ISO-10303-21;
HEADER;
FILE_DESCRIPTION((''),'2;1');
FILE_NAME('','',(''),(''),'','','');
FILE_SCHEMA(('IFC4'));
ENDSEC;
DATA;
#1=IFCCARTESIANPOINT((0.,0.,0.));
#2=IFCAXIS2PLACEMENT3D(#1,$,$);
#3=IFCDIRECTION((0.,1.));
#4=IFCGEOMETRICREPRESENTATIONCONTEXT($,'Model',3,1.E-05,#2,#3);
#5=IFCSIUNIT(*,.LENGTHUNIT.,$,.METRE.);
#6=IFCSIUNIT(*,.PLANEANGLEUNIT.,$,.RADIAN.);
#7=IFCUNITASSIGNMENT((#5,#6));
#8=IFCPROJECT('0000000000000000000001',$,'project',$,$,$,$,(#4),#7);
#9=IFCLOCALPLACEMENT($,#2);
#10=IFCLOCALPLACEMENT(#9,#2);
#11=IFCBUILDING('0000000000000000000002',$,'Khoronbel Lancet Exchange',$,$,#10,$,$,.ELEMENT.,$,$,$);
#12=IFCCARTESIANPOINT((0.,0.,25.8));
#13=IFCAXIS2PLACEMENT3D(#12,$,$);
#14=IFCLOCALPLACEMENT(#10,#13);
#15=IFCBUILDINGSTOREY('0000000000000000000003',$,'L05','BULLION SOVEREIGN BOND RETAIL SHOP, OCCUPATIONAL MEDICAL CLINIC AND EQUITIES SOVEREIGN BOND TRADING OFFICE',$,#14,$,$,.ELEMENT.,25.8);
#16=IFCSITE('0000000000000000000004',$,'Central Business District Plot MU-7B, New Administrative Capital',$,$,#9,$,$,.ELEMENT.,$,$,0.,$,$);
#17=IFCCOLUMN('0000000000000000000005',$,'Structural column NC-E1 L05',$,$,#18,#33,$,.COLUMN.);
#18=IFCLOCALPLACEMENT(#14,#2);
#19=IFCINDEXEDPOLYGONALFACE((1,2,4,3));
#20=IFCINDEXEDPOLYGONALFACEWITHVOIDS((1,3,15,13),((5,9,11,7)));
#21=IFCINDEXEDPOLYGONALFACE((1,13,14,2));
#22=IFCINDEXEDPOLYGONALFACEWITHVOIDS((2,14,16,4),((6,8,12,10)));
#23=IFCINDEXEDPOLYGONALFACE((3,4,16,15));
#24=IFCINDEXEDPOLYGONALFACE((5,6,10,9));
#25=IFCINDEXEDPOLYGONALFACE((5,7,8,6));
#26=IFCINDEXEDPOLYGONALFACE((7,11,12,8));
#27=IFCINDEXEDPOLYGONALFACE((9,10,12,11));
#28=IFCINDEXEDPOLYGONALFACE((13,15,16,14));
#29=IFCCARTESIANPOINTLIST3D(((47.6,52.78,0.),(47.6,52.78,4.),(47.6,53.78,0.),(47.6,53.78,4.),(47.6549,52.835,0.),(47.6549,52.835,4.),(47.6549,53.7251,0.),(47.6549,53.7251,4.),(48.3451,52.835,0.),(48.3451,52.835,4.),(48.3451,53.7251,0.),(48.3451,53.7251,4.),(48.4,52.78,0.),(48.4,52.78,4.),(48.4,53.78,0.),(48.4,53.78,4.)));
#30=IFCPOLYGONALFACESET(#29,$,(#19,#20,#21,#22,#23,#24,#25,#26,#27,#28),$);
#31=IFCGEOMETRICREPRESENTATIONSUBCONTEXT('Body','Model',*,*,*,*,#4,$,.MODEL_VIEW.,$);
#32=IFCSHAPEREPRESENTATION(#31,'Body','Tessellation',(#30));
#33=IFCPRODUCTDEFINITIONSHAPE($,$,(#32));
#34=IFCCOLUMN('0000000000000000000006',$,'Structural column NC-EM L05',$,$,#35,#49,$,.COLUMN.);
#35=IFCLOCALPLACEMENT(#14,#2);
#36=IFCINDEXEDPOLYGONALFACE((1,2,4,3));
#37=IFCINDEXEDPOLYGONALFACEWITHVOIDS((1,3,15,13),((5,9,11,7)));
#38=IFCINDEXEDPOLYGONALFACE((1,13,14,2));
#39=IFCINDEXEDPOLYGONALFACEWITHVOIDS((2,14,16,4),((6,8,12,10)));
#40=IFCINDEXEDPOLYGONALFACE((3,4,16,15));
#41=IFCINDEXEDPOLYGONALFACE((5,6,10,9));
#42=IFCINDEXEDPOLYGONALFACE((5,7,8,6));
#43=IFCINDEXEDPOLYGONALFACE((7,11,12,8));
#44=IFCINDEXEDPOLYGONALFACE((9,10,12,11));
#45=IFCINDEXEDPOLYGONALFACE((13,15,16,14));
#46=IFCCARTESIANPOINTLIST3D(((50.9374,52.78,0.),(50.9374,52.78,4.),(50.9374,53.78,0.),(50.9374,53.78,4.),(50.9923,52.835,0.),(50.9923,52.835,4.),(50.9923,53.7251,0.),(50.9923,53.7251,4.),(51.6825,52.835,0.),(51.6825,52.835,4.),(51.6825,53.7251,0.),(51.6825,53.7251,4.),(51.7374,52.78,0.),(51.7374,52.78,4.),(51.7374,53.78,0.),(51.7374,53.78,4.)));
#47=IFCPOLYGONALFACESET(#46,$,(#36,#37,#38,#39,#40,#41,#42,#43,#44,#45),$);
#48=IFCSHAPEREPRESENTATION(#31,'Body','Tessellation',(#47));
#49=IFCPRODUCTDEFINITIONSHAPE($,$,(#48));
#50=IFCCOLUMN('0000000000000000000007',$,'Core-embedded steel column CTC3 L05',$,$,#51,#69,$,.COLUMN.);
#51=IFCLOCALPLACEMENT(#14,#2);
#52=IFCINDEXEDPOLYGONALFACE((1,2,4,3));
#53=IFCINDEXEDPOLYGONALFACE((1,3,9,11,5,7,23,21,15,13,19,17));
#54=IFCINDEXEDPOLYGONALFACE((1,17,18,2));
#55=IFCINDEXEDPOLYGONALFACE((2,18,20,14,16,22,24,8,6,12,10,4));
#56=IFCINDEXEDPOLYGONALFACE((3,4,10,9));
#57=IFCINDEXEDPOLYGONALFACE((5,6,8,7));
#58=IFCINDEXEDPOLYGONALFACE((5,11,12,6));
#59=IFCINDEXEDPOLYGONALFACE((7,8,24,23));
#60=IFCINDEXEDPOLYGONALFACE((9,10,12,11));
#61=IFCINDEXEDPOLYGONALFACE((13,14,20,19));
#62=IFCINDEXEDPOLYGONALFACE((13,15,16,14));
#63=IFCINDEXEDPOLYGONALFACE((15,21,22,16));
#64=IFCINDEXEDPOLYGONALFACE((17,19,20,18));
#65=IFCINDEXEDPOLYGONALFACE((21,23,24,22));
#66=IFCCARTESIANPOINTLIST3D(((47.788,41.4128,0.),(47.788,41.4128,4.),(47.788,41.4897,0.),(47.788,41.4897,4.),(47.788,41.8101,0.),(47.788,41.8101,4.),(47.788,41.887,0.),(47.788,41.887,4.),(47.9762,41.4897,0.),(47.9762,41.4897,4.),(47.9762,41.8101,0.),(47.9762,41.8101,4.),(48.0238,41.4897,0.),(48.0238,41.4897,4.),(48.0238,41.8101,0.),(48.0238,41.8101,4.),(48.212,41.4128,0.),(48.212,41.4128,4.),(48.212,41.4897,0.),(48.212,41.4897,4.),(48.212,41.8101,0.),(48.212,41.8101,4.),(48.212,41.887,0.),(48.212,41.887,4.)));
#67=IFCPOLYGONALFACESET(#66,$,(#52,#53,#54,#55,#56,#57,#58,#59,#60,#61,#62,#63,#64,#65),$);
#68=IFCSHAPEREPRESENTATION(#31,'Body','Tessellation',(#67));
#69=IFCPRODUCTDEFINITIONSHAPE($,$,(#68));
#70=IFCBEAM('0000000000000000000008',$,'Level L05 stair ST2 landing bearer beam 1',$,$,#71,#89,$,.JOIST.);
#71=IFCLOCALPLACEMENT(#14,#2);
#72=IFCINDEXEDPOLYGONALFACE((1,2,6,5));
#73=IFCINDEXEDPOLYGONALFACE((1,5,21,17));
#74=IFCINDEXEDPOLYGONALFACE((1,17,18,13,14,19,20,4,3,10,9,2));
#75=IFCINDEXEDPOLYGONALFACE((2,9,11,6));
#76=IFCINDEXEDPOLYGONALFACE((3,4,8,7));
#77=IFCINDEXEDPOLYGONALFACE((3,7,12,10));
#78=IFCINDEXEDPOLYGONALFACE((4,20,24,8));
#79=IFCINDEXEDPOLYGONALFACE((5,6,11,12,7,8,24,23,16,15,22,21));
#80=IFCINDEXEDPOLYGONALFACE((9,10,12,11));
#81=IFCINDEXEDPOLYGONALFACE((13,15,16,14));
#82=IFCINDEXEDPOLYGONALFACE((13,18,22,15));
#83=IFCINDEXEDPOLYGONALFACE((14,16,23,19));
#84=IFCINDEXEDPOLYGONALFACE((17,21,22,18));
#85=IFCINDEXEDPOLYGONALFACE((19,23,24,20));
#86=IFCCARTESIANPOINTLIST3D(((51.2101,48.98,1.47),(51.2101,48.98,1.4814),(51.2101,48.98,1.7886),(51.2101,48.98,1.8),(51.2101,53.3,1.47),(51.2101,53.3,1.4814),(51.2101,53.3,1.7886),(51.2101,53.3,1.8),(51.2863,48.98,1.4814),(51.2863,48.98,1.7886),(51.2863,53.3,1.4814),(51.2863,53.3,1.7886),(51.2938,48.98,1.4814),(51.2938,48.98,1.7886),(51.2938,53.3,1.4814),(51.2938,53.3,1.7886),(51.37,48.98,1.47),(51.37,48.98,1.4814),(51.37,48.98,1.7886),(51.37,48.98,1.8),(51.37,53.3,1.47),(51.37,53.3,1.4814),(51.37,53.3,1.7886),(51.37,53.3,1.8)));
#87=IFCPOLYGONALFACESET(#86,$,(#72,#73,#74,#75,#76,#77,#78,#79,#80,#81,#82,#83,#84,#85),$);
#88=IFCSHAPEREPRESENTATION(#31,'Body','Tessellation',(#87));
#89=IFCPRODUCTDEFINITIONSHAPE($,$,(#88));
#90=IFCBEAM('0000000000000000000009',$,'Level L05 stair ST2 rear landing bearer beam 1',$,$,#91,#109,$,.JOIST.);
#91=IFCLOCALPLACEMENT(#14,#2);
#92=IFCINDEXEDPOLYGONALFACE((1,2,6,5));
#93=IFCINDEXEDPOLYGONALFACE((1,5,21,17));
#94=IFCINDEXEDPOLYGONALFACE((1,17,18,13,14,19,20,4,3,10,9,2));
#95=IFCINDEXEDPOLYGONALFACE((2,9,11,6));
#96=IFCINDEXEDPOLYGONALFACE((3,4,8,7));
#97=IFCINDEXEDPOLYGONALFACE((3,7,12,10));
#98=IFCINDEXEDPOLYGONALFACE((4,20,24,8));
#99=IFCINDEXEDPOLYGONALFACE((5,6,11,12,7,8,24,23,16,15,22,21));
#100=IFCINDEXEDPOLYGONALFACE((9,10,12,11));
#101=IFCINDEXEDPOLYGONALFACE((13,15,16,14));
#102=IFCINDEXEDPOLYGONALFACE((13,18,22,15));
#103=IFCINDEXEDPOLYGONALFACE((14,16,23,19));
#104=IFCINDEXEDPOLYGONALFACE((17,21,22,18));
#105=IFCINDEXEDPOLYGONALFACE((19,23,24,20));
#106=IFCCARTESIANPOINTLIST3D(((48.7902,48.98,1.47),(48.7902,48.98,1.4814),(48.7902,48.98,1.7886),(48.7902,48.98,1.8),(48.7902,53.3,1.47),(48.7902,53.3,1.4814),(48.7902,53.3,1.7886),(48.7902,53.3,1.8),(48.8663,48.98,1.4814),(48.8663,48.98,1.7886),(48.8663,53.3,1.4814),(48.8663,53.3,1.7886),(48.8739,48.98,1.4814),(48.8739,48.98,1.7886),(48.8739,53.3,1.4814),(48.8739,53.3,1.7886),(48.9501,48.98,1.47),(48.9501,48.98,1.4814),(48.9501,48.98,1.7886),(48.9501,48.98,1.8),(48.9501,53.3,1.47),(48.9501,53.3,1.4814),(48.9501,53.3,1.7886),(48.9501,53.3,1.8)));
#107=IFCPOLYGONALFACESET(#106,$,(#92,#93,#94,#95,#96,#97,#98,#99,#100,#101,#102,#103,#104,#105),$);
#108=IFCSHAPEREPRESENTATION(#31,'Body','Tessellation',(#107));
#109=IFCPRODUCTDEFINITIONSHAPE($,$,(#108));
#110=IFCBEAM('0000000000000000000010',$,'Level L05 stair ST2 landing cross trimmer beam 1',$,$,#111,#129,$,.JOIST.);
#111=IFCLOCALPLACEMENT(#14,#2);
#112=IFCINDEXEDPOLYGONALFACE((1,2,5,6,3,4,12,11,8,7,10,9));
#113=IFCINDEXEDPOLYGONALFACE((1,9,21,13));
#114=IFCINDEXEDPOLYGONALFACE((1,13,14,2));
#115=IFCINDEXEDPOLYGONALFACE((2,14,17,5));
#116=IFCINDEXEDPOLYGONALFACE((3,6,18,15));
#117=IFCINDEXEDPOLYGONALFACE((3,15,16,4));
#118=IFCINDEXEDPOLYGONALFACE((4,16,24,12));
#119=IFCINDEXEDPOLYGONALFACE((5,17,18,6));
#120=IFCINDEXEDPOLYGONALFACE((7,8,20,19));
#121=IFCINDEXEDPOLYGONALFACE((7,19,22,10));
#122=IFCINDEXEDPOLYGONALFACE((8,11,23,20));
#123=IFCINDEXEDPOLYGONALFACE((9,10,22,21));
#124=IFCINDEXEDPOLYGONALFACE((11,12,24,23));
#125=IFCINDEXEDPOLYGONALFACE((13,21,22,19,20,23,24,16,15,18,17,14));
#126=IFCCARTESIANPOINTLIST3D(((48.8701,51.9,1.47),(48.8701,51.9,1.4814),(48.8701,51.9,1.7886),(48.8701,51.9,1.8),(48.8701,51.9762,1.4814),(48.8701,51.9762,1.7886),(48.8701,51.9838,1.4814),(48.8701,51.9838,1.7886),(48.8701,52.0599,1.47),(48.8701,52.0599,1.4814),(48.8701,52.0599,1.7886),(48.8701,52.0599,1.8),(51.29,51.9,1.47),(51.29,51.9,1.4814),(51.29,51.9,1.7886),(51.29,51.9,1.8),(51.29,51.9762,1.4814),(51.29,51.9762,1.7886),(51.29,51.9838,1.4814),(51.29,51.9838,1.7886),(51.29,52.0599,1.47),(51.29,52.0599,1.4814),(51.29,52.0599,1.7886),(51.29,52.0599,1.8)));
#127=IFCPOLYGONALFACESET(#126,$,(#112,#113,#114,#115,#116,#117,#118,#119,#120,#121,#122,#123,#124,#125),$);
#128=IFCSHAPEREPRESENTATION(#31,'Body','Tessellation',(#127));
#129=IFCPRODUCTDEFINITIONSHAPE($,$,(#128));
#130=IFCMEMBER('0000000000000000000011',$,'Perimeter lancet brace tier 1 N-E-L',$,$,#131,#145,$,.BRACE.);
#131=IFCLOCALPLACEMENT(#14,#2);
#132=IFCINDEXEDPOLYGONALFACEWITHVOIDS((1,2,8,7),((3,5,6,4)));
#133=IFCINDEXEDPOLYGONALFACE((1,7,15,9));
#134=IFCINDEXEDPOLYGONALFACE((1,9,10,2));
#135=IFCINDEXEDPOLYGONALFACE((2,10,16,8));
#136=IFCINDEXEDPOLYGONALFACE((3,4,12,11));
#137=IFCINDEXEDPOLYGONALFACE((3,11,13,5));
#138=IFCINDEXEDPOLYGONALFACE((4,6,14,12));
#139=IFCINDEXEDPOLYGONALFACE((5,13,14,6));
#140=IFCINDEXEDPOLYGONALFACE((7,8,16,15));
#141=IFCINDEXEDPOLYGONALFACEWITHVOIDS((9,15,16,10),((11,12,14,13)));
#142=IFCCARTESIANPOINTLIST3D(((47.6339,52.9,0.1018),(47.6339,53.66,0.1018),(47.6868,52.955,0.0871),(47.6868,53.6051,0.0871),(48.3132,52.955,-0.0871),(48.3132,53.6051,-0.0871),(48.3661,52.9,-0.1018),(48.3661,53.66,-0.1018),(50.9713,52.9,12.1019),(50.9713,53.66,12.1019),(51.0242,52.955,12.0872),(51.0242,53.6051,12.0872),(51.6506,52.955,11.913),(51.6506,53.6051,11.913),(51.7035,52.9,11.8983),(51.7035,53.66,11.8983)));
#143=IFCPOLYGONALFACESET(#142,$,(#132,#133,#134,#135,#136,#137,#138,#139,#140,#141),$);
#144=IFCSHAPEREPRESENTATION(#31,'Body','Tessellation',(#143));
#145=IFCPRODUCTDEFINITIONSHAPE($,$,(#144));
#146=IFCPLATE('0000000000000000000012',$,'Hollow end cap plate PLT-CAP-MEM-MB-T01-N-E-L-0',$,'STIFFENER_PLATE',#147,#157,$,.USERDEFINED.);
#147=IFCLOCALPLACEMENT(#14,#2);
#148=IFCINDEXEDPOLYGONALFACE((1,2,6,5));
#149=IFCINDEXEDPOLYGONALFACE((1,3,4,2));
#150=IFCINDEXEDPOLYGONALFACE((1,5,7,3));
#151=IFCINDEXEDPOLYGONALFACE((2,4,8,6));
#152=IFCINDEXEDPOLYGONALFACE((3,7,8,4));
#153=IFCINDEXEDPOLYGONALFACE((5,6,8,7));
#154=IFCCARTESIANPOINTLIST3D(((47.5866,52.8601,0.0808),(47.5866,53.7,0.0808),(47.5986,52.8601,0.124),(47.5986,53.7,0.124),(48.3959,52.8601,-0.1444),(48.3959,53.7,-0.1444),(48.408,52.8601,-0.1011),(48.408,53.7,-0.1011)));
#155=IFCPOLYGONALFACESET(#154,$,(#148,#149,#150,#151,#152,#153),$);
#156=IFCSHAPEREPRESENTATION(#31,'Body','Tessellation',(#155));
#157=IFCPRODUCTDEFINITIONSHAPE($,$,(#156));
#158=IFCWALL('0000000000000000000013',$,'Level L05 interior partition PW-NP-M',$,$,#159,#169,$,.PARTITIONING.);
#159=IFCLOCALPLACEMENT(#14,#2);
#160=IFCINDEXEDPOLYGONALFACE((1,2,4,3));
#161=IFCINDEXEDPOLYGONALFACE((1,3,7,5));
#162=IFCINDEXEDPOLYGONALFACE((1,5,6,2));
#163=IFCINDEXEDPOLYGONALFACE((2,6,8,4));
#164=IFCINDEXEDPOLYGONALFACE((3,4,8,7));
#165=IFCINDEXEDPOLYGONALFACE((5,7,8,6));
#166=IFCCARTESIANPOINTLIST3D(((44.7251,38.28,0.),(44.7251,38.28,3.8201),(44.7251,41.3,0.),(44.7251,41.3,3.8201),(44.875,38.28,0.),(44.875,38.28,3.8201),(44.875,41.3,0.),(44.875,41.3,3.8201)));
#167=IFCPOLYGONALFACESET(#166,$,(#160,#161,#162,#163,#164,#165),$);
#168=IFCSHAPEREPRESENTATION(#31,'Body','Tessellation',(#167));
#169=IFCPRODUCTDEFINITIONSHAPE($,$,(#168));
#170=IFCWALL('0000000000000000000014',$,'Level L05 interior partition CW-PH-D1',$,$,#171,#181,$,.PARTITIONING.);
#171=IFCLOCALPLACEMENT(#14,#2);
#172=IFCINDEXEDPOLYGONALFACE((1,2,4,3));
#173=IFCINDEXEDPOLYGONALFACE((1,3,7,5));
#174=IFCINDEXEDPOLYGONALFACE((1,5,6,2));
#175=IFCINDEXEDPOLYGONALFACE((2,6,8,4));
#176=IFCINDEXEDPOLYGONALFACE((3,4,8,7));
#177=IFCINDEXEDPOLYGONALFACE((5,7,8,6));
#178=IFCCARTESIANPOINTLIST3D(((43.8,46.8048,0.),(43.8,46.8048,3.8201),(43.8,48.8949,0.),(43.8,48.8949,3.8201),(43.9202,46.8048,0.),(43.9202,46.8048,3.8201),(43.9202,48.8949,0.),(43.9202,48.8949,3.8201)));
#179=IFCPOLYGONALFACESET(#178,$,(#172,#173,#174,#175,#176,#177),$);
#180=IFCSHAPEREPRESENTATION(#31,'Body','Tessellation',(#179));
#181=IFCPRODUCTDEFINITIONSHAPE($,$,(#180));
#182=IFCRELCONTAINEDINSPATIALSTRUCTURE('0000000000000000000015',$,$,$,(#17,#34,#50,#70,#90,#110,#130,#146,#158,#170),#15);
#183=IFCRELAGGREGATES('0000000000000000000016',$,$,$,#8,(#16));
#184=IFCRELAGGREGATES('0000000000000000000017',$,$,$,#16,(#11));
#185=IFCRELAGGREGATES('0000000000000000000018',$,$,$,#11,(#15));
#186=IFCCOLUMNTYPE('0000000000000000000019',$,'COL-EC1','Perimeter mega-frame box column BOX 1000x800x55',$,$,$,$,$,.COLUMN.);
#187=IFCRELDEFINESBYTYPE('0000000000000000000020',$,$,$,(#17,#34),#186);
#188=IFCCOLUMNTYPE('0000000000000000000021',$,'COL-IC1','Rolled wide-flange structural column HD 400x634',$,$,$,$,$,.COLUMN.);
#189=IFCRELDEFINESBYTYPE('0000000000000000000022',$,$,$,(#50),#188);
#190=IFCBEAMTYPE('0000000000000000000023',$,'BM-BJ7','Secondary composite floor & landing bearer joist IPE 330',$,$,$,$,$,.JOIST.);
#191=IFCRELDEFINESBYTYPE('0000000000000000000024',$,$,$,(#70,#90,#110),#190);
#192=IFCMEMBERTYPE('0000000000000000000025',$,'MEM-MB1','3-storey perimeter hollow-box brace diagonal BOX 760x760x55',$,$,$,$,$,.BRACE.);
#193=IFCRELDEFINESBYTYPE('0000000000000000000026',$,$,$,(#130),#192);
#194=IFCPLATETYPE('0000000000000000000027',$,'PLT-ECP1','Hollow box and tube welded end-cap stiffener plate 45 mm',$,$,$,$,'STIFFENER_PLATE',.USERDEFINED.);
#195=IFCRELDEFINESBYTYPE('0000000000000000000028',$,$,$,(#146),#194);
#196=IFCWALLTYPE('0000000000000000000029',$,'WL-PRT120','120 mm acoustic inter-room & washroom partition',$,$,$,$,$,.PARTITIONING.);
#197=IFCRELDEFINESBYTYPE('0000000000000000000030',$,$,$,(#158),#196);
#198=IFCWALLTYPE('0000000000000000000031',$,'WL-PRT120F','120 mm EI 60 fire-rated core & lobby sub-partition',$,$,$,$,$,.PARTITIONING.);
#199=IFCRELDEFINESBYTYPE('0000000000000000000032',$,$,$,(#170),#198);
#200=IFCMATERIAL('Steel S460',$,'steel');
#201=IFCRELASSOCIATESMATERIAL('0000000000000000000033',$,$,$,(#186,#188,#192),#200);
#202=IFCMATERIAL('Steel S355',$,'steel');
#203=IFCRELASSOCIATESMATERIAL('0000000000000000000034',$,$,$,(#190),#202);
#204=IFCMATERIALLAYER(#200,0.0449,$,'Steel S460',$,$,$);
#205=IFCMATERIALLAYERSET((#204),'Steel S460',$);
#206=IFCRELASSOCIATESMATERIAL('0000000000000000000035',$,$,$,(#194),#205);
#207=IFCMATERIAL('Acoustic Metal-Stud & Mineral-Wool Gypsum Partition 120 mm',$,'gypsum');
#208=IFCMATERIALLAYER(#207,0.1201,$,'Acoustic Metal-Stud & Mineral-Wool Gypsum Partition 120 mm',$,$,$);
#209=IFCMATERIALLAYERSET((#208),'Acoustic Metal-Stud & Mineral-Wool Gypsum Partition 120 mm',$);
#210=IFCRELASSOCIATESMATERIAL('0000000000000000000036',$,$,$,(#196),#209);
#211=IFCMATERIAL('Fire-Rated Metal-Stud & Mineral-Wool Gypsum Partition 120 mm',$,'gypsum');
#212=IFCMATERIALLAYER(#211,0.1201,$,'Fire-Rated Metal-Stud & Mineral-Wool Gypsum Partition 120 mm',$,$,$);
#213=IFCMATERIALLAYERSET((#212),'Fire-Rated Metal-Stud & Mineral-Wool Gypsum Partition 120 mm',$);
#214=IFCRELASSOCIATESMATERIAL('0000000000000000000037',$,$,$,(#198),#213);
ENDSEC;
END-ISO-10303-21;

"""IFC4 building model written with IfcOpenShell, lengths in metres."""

from ifc_helpers import new_model, si_unit, direction, frame, frame_2d, origin, origin_2d, place, context, subcontext, project, spatial, polyline, rectangle, hollow_rectangle, i_section, outline, extrude, material, layer, layer_set, material_profile, profile_set, type_object, element, save


model = new_model("IFC4")

# Units and contexts
model_context = context("Model", 3, precision=1e-05, world=origin(), true_north=direction((0.0, 1.0)))
body_context = subcontext(model_context, "Body", "Model", "MODEL_VIEW")
ifc_project = project(units=[si_unit("LENGTHUNIT", "METRE"), si_unit("PLANEANGLEUNIT", "RADIAN")], contexts=[model_context])

# Site, building, storey
site_placement = place(None, origin())
site = spatial("IfcSite", under=ifc_project, at=site_placement, Name="Central Business District Plot MU-7B, New Administrative Capital", CompositionType="ELEMENT", RefElevation=0.0)
building_placement = place(site_placement, origin())
building = spatial("IfcBuilding", under=site, at=building_placement, Name="Khoronbel Lancet Exchange", CompositionType="ELEMENT")
storey_placement = place(building_placement, frame((0.0, 0.0, 25.8)))
storey = spatial("IfcBuildingStorey", under=building, at=storey_placement, Name="L05", Description="BULLION SOVEREIGN BOND RETAIL SHOP, OCCUPATIONAL MEDICAL CLINIC AND EQUITIES SOVEREIGN BOND TRADING OFFICE", CompositionType="ELEMENT", Elevation=25.8)

# Columns
ifc_material_1 = material(Name="Steel S460", Category="steel")
ifc_material_profile_1 = material_profile(ifc_material_1, hollow_rectangle(XDim=0.8, YDim=1.0, WallThickness=0.0549, at=origin_2d()), Name="BOX 1000x800x55")
ifc_profile_set_1 = profile_set([ifc_material_profile_1], Name="Steel S460")
column_type_1 = type_object("IfcColumnType", Name="COL-EC1", Description="Perimeter mega-frame box column BOX 1000x800x55", PredefinedType="COLUMN", material=ifc_profile_set_1)
for number, where, z_axis, x_axis, name in (
    (1, (48.0, 53.28, 0.0), (0.0, 0.0, 1.0), (1.0, 0.0, 0.0), "Structural column NC-E1 L05"),
    (2, (51.3374, 53.28, 0.0), (0.0, 0.0, 1.0), (1.0, 0.0, 0.0), "Structural column NC-EM L05"),
):
    element("IfcColumn", number, at=place(storey_placement, frame(where, z_axis=z_axis, x_axis=x_axis)), inside=storey, type_object=column_type_1, Name=name, PredefinedType="COLUMN", context=body_context, shape_type="SweptSolid", body=[
        extrude(hollow_rectangle(XDim=0.8, YDim=1.0, WallThickness=0.0549, at=origin_2d()), origin(), (0.0, 0.0, 1.0), 4.0),
    ])
ifc_material_profile_2 = material_profile(ifc_material_1, i_section(OverallWidth=0.4241, OverallDepth=0.4741, WebThickness=0.0476, FlangeThickness=0.0769, at=origin_2d()), Name="HD 400x634")
ifc_profile_set_2 = profile_set([ifc_material_profile_2], Name="Steel S460")
column_type_2 = type_object("IfcColumnType", Name="COL-IC1", Description="Rolled wide-flange structural column HD 400x634", PredefinedType="COLUMN", material=ifc_profile_set_2)
column_placement = place(storey_placement, frame((48.0, 41.6499, 0.0), z_axis=(0.0, 0.0, 1.0), x_axis=(1.0, 0.0, 0.0)))
element("IfcColumn", 3, at=column_placement, inside=storey, type_object=column_type_2, Name="Core-embedded steel column CTC3 L05", PredefinedType="COLUMN", context=body_context, shape_type="SweptSolid", body=[
    extrude(i_section(OverallWidth=0.4241, OverallDepth=0.4741, WebThickness=0.0476, FlangeThickness=0.0769, at=origin_2d()), origin(), (0.0, 0.0, 1.0), 4.0),
])

# Beams
ifc_material_2 = material(Name="Steel S355", Category="steel")
ifc_material_profile_3 = material_profile(ifc_material_2, i_section(OverallWidth=0.1599, OverallDepth=0.3301, WebThickness=0.0076, FlangeThickness=0.0115, at=origin_2d()), Name="IPE 330")
ifc_profile_set_3 = profile_set([ifc_material_profile_3], Name="Steel S355")
beam_type = type_object("IfcBeamType", Name="BM-BJ7", Description="Secondary composite floor & landing bearer joist IPE 330", PredefinedType="JOIST", material=ifc_profile_set_3)
for number, where, z_axis, x_axis, name in (
    (4, (51.29, 48.98, 1.635), (0.0, 1.0, 0.0), (-1.0, 0.0, 0.0), "Level L05 stair ST2 landing bearer beam 1"),
    (5, (48.8701, 48.98, 1.635), (0.0, 1.0, 0.0), (-1.0, 0.0, 0.0), "Level L05 stair ST2 rear landing bearer beam 1"),
):
    element("IfcBeam", number, at=place(storey_placement, frame(where, z_axis=z_axis, x_axis=x_axis)), inside=storey, type_object=beam_type, Name=name, PredefinedType="JOIST", context=body_context, shape_type="SweptSolid", body=[
        extrude(i_section(OverallWidth=0.1599, OverallDepth=0.3301, WebThickness=0.0076, FlangeThickness=0.0115, at=origin_2d()), origin(), (0.0, 0.0, 1.0), 4.3201),
    ])
beam_placement = place(storey_placement, frame((48.8701, 51.98, 1.635), z_axis=(1.0, 0.0, 0.0), x_axis=(0.0, 1.0, 0.0)))
element("IfcBeam", 6, at=beam_placement, inside=storey, type_object=beam_type, Name="Level L05 stair ST2 landing cross trimmer beam 1", PredefinedType="JOIST", context=body_context, shape_type="SweptSolid", body=[
    extrude(i_section(OverallWidth=0.1599, OverallDepth=0.3301, WebThickness=0.0076, FlangeThickness=0.0115, at=origin_2d()), origin(), (0.0, 0.0, 1.0), 2.4199),
])

# Member
ifc_material_profile_4 = material_profile(ifc_material_1, hollow_rectangle(XDim=0.76, YDim=0.76, WallThickness=0.0549, at=origin_2d()), Name="BOX 760x760x55")
ifc_profile_set_4 = profile_set([ifc_material_profile_4], Name="Steel S460")
member_type = type_object("IfcMemberType", Name="MEM-MB1", Description="3-storey perimeter hollow-box brace diagonal BOX 760x760x55", PredefinedType="BRACE", material=ifc_profile_set_4)
member_placement = place(storey_placement, frame((48.0, 53.28, 0.0), z_axis=(0.267947, 0.0, 0.963434), x_axis=(0.0, 1.0, 0.0)))
element("IfcMember", 7, at=member_placement, inside=storey, type_object=member_type, Name="Perimeter lancet brace tier 1 N-E-L", PredefinedType="BRACE", context=body_context, shape_type="SweptSolid", body=[
    extrude(hollow_rectangle(XDim=0.76, YDim=0.76, WallThickness=0.0549, at=origin_2d()), origin(), (0.0, 0.0, 1.0), 12.4556),
])

# Plate
ifc_layer_1 = layer(ifc_material_1, 0.0449, Name="Steel S460")
ifc_layer_set_1 = layer_set([ifc_layer_1], Name="Steel S460")
plate_type = type_object("IfcPlateType", Name="PLT-ECP1", Description="Hollow box and tube welded end-cap stiffener plate 45 mm", ElementType="STIFFENER_PLATE", PredefinedType="USERDEFINED", material=ifc_layer_set_1)
plate_placement = place(storey_placement, frame((48.408, 52.8601, -0.1011), z_axis=(0.267959, 0.0, 0.96343), x_axis=(0.0, 1.0, 0.0)))
element("IfcPlate", 8, at=plate_placement, inside=storey, type_object=plate_type, Name="Hollow end cap plate PLT-CAP-MEM-MB-T01-N-E-L-0", ObjectType="STIFFENER_PLATE", PredefinedType="USERDEFINED", context=body_context, shape_type="SweptSolid", body=[
    extrude(outline(polyline([(0.0, 0.0), (0.8398, 0.0), (0.8398, 0.8401), (0.0, 0.8401), (0.0, 0.0)])), origin(), (0.0, 0.0, -1.0), 0.0449),
])

# Walls
ifc_material_3 = material(Name="Acoustic Metal-Stud & Mineral-Wool Gypsum Partition 120 mm", Category="gypsum")
ifc_layer_2 = layer(ifc_material_3, 0.1201, Name="Acoustic Metal-Stud & Mineral-Wool Gypsum Partition 120 mm")
ifc_layer_set_2 = layer_set([ifc_layer_2], Name="Acoustic Metal-Stud & Mineral-Wool Gypsum Partition 120 mm")
wall_type_1 = type_object("IfcWallType", Name="WL-PRT120", Description="120 mm acoustic inter-room & washroom partition", PredefinedType="PARTITIONING", material=ifc_layer_set_2)
wall_1_placement = place(storey_placement, frame((44.8, 38.28, 0.0), z_axis=(0.0, 0.0, 1.0), x_axis=(0.0, 1.0, 0.0)))
element("IfcWall", 9, at=wall_1_placement, inside=storey, type_object=wall_type_1, Name="Level L05 interior partition PW-NP-M", PredefinedType="PARTITIONING", context=body_context, shape_type="SweptSolid", body=[
    extrude(rectangle(XDim=3.02, YDim=0.1499, at=frame_2d((1.51, 0.0))), origin(), (0.0, 0.0, 1.0), 3.8201),
])
ifc_material_4 = material(Name="Fire-Rated Metal-Stud & Mineral-Wool Gypsum Partition 120 mm", Category="gypsum")
ifc_layer_3 = layer(ifc_material_4, 0.1201, Name="Fire-Rated Metal-Stud & Mineral-Wool Gypsum Partition 120 mm")
ifc_layer_set_3 = layer_set([ifc_layer_3], Name="Fire-Rated Metal-Stud & Mineral-Wool Gypsum Partition 120 mm")
wall_type_2 = type_object("IfcWallType", Name="WL-PRT120F", Description="120 mm EI 60 fire-rated core & lobby sub-partition", PredefinedType="PARTITIONING", material=ifc_layer_set_3)
for number, where, z_axis, x_axis, name in (
    (10, (43.8601, 46.8049, 0.0), (0.0, 0.0, 1.0), (0.0, 1.0, 0.0), "Level L05 interior partition CW-PH-D1"),
):
    element("IfcWall", number, at=place(storey_placement, frame(where, z_axis=z_axis, x_axis=x_axis)), inside=storey, type_object=wall_type_2, Name=name, PredefinedType="PARTITIONING", context=body_context, shape_type="SweptSolid", body=[
        extrude(rectangle(XDim=2.0901, YDim=0.1201, at=frame_2d((1.0449, 0.0))), origin(), (0.0, 0.0, 1.0), 3.8201),
    ])

save(model, "model.ifc")
